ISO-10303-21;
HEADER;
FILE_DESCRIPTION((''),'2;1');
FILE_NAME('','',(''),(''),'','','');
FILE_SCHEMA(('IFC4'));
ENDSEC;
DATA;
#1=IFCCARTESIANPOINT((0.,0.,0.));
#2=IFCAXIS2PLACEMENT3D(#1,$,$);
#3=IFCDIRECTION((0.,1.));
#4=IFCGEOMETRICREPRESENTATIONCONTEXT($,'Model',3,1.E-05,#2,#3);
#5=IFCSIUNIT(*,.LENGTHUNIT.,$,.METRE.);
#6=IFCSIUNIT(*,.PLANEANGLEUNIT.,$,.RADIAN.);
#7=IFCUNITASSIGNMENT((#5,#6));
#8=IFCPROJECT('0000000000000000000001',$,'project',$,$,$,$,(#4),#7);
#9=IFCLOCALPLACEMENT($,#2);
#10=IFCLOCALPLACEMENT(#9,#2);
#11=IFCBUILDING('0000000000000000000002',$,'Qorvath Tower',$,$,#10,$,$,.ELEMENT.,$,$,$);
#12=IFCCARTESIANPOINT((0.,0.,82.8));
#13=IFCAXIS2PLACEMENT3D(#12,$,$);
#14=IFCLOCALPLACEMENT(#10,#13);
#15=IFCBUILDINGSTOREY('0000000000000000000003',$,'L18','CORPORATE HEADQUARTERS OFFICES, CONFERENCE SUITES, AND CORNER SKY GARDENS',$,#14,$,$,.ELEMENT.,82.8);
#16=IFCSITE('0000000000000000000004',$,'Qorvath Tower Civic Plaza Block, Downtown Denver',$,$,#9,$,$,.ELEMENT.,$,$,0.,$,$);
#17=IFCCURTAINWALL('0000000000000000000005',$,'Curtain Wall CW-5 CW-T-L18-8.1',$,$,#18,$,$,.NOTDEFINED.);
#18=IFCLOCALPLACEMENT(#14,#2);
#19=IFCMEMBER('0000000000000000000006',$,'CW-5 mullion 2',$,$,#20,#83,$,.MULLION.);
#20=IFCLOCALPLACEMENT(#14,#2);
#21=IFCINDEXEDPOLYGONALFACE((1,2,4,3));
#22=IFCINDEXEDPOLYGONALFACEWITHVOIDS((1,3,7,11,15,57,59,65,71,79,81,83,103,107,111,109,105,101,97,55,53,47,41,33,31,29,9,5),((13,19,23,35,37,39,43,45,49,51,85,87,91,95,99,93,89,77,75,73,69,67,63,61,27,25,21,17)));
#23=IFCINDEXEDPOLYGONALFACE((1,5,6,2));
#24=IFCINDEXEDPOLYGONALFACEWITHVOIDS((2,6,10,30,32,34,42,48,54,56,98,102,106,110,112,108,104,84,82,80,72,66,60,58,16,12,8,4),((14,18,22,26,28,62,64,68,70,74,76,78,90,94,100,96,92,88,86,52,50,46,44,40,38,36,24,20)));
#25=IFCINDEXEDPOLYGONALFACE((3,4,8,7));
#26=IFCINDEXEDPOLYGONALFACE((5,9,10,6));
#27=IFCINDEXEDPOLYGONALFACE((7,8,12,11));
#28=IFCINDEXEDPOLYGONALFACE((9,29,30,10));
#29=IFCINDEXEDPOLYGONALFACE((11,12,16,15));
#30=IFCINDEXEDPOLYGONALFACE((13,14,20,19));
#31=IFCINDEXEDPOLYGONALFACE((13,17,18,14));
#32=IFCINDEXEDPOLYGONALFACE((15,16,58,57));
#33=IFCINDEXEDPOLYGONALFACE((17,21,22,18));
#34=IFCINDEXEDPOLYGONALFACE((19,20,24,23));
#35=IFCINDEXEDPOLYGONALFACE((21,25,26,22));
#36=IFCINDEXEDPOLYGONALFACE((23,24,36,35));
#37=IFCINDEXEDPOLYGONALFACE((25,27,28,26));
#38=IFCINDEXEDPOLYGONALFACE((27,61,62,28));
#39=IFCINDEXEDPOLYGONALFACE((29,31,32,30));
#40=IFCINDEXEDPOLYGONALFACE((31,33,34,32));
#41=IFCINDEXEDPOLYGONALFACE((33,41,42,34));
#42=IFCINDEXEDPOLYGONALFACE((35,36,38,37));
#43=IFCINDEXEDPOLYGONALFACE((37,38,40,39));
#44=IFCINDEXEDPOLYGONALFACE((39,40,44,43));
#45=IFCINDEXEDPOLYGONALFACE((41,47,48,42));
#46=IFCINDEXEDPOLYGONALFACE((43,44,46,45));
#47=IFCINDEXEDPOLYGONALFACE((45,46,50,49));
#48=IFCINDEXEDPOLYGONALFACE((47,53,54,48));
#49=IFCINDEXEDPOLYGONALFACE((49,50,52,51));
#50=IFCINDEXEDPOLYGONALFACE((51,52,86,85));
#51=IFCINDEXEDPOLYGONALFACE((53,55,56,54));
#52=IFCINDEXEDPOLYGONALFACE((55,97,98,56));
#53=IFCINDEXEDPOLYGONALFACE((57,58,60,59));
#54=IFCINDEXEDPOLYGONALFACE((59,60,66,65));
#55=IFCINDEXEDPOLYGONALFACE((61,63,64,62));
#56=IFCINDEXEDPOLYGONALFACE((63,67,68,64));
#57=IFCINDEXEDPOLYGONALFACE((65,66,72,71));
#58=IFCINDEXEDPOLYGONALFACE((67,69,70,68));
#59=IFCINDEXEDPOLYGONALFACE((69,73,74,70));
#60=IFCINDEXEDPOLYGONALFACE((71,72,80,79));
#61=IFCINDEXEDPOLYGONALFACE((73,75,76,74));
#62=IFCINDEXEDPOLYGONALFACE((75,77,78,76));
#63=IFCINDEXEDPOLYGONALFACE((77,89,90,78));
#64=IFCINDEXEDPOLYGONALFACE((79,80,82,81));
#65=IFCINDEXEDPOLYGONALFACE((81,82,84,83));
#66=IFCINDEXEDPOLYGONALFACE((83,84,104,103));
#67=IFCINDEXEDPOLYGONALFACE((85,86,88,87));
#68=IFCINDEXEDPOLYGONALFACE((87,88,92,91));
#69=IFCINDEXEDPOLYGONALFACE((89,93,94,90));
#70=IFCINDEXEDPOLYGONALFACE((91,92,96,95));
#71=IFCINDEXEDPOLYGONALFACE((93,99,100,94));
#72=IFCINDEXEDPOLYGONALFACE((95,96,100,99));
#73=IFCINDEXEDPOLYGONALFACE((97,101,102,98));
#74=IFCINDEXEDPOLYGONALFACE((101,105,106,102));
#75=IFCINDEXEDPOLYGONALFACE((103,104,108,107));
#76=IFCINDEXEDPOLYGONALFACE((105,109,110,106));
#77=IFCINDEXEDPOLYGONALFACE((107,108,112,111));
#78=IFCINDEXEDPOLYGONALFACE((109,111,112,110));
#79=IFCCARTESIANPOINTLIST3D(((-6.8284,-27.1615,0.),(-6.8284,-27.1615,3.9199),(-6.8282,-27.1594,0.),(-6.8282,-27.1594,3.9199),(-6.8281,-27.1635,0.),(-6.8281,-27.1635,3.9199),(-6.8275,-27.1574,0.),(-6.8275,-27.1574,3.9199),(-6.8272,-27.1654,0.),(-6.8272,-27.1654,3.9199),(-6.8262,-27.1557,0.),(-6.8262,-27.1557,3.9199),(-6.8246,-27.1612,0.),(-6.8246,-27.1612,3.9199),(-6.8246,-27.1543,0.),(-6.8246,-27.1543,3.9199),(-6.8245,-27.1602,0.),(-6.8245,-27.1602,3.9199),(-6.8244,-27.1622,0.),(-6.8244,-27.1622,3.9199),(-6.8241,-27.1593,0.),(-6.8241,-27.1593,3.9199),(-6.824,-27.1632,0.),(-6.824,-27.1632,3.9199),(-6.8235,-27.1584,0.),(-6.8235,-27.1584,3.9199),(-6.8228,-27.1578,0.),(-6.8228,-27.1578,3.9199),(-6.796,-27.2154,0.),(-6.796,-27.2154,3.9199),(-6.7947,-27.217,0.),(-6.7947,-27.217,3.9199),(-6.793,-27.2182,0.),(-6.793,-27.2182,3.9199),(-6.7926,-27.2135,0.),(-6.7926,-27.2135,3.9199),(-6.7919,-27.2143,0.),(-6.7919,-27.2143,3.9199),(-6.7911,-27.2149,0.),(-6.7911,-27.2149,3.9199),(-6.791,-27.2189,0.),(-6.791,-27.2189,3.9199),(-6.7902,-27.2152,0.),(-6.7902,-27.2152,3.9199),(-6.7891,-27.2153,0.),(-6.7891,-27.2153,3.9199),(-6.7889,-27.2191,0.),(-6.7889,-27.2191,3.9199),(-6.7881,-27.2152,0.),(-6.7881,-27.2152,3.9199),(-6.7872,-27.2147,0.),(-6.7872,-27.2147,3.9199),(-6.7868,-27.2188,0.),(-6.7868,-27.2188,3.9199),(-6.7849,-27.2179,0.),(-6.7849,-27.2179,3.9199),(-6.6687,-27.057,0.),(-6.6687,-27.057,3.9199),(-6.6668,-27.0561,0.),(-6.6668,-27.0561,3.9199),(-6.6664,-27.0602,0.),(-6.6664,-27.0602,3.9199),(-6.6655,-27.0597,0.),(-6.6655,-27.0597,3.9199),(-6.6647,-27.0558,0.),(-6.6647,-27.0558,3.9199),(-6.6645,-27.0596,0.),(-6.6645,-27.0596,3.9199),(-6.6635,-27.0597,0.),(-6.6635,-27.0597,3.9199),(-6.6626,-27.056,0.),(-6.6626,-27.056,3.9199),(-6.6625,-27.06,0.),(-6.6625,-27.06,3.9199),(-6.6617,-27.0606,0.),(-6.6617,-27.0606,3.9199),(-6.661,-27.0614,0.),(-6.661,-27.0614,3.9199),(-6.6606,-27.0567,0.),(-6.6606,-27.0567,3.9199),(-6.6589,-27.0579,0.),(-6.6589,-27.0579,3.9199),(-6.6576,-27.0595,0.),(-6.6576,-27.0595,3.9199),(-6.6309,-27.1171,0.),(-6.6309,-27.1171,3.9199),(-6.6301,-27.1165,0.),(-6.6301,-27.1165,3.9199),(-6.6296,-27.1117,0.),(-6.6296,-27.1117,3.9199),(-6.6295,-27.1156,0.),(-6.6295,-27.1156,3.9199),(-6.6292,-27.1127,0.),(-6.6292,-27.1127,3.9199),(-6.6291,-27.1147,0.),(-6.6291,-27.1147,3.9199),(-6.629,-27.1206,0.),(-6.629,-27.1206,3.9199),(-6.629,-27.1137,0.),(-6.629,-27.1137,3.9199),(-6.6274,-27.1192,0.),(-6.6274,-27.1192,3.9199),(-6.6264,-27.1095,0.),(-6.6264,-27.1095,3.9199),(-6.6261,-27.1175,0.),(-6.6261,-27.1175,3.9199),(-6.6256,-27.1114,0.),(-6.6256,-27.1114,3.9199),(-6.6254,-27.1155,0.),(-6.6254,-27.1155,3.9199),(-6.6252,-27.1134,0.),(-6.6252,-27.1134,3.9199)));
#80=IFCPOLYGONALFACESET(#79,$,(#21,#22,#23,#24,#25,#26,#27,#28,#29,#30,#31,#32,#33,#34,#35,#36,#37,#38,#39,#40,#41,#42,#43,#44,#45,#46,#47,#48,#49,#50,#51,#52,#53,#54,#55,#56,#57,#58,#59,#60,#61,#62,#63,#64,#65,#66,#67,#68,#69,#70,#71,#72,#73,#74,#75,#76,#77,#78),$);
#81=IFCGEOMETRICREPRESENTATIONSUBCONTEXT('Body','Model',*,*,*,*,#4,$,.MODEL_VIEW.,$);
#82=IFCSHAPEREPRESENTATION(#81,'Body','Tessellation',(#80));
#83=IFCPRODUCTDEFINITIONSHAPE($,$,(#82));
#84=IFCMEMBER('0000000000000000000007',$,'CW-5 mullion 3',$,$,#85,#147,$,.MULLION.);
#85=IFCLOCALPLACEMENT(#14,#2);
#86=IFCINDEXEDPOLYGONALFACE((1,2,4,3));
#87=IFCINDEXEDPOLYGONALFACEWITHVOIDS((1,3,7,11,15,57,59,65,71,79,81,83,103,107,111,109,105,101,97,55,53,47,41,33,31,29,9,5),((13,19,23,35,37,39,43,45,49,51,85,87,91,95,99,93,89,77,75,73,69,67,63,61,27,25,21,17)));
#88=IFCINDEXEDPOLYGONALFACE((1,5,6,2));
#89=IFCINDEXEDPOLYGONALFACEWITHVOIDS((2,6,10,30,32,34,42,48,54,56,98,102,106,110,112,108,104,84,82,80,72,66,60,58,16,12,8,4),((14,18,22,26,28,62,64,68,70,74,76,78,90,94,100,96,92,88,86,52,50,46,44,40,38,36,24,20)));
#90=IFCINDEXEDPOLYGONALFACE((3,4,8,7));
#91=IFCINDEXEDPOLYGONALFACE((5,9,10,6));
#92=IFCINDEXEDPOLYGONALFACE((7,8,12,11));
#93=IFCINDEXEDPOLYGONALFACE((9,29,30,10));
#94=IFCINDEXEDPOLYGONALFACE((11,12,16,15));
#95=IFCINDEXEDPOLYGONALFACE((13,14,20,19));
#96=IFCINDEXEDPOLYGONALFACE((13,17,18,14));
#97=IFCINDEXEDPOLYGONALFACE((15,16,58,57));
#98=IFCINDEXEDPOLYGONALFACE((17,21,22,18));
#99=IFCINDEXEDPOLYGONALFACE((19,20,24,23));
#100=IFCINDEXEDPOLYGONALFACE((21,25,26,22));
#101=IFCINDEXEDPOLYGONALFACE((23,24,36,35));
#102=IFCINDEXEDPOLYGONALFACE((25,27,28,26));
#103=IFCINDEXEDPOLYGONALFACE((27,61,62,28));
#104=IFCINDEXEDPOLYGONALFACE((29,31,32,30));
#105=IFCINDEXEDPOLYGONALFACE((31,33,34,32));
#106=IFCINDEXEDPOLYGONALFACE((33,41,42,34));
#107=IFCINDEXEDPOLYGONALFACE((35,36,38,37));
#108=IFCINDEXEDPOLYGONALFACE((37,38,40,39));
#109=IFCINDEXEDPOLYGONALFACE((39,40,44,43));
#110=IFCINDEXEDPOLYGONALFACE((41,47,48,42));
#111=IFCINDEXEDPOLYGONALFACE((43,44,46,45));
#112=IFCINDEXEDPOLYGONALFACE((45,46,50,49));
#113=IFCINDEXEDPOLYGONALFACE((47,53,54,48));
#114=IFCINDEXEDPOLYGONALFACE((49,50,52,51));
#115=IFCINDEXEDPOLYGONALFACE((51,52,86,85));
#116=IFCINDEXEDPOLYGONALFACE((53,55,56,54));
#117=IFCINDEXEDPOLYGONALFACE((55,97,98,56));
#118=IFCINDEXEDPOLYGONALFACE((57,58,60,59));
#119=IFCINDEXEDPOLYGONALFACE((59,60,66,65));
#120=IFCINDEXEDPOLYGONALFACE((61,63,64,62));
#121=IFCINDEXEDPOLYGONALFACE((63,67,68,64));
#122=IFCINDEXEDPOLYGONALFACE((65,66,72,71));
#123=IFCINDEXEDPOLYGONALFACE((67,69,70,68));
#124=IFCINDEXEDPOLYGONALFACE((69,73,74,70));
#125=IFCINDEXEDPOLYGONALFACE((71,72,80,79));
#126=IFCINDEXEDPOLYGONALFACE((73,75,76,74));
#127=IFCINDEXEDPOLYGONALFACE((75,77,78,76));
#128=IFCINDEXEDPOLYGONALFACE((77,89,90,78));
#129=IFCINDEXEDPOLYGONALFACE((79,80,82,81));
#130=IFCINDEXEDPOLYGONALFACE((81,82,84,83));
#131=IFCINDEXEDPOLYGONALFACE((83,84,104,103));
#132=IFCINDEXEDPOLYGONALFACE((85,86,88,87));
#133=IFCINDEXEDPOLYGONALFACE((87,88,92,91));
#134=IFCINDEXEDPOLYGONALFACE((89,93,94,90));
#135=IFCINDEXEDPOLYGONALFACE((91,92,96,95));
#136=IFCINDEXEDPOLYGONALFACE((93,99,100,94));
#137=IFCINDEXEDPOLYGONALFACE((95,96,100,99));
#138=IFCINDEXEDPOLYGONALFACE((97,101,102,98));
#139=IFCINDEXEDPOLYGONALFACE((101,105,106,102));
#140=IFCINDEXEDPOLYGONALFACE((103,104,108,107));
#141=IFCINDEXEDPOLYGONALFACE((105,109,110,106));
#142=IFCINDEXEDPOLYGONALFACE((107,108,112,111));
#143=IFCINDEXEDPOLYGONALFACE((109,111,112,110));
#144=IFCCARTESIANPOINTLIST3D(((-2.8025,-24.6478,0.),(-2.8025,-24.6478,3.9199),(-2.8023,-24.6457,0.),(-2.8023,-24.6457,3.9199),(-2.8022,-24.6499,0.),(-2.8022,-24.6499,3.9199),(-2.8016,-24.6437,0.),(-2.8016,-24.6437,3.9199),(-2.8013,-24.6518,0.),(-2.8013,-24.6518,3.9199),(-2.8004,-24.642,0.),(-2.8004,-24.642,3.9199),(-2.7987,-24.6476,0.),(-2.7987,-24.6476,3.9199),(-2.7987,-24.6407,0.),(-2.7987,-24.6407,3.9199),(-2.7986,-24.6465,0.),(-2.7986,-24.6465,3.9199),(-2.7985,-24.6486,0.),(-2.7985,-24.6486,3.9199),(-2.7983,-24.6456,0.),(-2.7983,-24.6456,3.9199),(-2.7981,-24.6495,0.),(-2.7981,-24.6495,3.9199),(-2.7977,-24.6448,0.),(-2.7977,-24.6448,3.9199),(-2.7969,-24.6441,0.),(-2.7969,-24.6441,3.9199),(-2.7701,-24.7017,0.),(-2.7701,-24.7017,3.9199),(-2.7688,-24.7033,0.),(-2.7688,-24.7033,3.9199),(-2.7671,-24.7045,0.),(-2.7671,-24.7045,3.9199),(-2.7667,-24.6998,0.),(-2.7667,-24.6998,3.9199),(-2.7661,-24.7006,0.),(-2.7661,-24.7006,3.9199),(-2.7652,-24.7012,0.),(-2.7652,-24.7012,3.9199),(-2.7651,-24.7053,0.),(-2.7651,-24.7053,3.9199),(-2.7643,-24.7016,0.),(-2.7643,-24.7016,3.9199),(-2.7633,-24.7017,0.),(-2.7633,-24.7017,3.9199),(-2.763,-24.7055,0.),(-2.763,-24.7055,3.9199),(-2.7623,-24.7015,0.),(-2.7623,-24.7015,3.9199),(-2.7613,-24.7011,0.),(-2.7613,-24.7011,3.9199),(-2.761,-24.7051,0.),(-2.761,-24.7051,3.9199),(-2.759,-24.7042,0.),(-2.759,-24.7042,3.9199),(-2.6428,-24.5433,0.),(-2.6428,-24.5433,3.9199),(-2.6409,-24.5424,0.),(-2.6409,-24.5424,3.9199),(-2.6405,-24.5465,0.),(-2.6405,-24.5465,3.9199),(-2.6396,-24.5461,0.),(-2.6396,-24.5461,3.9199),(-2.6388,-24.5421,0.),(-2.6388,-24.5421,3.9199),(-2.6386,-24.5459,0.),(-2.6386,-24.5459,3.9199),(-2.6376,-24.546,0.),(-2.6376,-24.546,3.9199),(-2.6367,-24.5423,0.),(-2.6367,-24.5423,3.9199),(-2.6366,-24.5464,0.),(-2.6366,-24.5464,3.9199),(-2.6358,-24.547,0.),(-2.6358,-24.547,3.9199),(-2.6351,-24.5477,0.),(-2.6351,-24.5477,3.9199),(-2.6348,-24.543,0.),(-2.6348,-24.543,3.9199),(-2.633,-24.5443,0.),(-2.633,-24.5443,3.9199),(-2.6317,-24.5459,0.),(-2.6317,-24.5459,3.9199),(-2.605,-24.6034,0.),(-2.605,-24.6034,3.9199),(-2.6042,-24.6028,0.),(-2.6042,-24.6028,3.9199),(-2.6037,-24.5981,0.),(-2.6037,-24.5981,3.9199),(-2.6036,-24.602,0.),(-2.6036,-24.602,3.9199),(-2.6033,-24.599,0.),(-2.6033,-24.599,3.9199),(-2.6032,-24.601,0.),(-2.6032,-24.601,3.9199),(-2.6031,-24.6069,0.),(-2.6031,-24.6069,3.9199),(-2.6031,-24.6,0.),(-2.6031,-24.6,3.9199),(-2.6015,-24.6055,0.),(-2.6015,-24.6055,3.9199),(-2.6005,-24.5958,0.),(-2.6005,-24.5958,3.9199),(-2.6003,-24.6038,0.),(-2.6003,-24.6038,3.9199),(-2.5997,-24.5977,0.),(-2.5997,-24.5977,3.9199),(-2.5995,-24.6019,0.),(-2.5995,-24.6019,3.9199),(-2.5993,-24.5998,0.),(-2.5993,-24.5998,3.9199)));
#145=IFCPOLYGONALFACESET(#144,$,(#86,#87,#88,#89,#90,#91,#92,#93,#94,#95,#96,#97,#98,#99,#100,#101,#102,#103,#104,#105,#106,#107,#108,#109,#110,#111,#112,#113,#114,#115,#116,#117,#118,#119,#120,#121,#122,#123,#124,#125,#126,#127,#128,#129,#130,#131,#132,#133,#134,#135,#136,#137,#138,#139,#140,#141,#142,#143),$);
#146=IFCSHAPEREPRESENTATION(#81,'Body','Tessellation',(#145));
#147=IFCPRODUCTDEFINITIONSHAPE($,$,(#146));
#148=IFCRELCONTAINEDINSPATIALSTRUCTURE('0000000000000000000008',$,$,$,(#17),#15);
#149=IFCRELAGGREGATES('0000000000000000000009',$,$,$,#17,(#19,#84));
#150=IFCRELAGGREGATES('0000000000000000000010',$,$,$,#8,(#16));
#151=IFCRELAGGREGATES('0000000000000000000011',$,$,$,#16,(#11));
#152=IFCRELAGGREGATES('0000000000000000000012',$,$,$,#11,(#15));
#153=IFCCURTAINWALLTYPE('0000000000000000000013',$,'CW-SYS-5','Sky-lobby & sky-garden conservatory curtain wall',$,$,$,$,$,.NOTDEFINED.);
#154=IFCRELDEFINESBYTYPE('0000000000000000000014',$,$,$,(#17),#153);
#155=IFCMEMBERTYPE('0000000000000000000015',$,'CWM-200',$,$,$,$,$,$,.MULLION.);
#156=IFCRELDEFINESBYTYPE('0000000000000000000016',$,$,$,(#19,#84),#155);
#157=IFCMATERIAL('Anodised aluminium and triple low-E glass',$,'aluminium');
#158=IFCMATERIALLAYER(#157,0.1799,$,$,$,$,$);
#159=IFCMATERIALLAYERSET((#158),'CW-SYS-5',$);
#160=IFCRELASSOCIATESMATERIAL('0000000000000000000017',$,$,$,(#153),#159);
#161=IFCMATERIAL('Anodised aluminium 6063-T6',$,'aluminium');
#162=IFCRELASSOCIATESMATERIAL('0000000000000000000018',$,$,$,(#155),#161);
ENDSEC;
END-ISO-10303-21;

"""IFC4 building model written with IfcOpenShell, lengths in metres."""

from ifc_helpers import new_model, si_unit, direction, frame, origin, origin_2d, place, context, subcontext, project, spatial, hollow_rectangle, extrude, material, layer, layer_set, material_profile, profile_set, type_object, element, aggregate, save


model = new_model("IFC4")

# Units and contexts
model_context = context("Model", 3, precision=1e-05, world=origin(), true_north=direction((0.0, 1.0)))
body_context = subcontext(model_context, "Body", "Model", "MODEL_VIEW")
ifc_project = project(units=[si_unit("LENGTHUNIT", "METRE"), si_unit("PLANEANGLEUNIT", "RADIAN")], contexts=[model_context])

# Site, building, storey
site_placement = place(None, origin())
site = spatial("IfcSite", under=ifc_project, at=site_placement, Name="Qorvath Tower Civic Plaza Block, Downtown Denver", CompositionType="ELEMENT", RefElevation=0.0)
building_placement = place(site_placement, origin())
building = spatial("IfcBuilding", under=site, at=building_placement, Name="Qorvath Tower", CompositionType="ELEMENT")
storey_placement = place(building_placement, frame((0.0, 0.0, 82.8)))
storey = spatial("IfcBuildingStorey", under=building, at=storey_placement, Name="L18", Description="CORPORATE HEADQUARTERS OFFICES, CONFERENCE SUITES, AND CORNER SKY GARDENS", CompositionType="ELEMENT", Elevation=82.8)

# Shared definitions
ifc_material_1 = material(Name="Anodised aluminium and triple low-E glass", Category="aluminium")
ifc_layer_1 = layer(ifc_material_1, 0.1799)
ifc_layer_set_1 = layer_set([ifc_layer_1], Name="CW-SYS-5")
curtain_wall_type = type_object("IfcCurtainWallType", Name="CW-SYS-5", Description="Sky-lobby & sky-garden conservatory curtain wall", PredefinedType="NOTDEFINED", material=ifc_layer_set_1)
ifc_material_2 = material(Name="Anodised aluminium 6063-T6", Category="aluminium")
ifc_material_profile_1 = material_profile(ifc_material_2, hollow_rectangle(XDim=0.075, YDim=0.2, WallThickness=0.0039, InnerFilletRadius=0.0039, OuterFilletRadius=0.0081, at=origin_2d()), Name="CWM 200x75")
ifc_profile_set_1 = profile_set([ifc_material_profile_1], Name="Anodised aluminium 6063-T6")
member_type_1 = type_object("IfcMemberType", Name="CWM-200", PredefinedType="MULLION", material=ifc_profile_set_1)

# Curtain wall, members
curtain_wall_1_placement = place(storey_placement, origin())
curtain_wall_1 = element("IfcCurtainWall", 1, at=curtain_wall_1_placement, inside=storey, type_object=curtain_wall_type, Name="Curtain Wall CW-5 CW-T-L18-8.1", PredefinedType="NOTDEFINED")
member_1_placement = place(storey_placement, frame((-6.7268, -27.1375, 0.0), z_axis=(0.0, 0.0, 1.0), x_axis=(-0.529625, 0.848232, 0.0)))
member_1 = element("IfcMember", 2, at=member_1_placement, type_object=member_type_1, Name="CW-5 mullion 2", PredefinedType="MULLION", context=body_context, shape_type="SweptSolid", body=[
    extrude(hollow_rectangle(XDim=0.075, YDim=0.2, WallThickness=0.0039, InnerFilletRadius=0.0039, OuterFilletRadius=0.0081, at=origin_2d()), origin(), (0.0, 0.0, 1.0), 3.9199),
])
member_2_placement = place(storey_placement, frame((-2.7009, -24.6238, 0.0), z_axis=(0.0, 0.0, 1.0), x_axis=(-0.529625, 0.848232, 0.0)))
member_2 = element("IfcMember", 3, at=member_2_placement, type_object=member_type_1, Name="CW-5 mullion 3", PredefinedType="MULLION", context=body_context, shape_type="SweptSolid", body=[
    extrude(hollow_rectangle(XDim=0.075, YDim=0.2, WallThickness=0.0039, InnerFilletRadius=0.0039, OuterFilletRadius=0.0081, at=origin_2d()), origin(), (0.0, 0.0, 1.0), 3.9199),
])

aggregate(curtain_wall_1, [member_1, member_2])

save(model, "model.ifc")
